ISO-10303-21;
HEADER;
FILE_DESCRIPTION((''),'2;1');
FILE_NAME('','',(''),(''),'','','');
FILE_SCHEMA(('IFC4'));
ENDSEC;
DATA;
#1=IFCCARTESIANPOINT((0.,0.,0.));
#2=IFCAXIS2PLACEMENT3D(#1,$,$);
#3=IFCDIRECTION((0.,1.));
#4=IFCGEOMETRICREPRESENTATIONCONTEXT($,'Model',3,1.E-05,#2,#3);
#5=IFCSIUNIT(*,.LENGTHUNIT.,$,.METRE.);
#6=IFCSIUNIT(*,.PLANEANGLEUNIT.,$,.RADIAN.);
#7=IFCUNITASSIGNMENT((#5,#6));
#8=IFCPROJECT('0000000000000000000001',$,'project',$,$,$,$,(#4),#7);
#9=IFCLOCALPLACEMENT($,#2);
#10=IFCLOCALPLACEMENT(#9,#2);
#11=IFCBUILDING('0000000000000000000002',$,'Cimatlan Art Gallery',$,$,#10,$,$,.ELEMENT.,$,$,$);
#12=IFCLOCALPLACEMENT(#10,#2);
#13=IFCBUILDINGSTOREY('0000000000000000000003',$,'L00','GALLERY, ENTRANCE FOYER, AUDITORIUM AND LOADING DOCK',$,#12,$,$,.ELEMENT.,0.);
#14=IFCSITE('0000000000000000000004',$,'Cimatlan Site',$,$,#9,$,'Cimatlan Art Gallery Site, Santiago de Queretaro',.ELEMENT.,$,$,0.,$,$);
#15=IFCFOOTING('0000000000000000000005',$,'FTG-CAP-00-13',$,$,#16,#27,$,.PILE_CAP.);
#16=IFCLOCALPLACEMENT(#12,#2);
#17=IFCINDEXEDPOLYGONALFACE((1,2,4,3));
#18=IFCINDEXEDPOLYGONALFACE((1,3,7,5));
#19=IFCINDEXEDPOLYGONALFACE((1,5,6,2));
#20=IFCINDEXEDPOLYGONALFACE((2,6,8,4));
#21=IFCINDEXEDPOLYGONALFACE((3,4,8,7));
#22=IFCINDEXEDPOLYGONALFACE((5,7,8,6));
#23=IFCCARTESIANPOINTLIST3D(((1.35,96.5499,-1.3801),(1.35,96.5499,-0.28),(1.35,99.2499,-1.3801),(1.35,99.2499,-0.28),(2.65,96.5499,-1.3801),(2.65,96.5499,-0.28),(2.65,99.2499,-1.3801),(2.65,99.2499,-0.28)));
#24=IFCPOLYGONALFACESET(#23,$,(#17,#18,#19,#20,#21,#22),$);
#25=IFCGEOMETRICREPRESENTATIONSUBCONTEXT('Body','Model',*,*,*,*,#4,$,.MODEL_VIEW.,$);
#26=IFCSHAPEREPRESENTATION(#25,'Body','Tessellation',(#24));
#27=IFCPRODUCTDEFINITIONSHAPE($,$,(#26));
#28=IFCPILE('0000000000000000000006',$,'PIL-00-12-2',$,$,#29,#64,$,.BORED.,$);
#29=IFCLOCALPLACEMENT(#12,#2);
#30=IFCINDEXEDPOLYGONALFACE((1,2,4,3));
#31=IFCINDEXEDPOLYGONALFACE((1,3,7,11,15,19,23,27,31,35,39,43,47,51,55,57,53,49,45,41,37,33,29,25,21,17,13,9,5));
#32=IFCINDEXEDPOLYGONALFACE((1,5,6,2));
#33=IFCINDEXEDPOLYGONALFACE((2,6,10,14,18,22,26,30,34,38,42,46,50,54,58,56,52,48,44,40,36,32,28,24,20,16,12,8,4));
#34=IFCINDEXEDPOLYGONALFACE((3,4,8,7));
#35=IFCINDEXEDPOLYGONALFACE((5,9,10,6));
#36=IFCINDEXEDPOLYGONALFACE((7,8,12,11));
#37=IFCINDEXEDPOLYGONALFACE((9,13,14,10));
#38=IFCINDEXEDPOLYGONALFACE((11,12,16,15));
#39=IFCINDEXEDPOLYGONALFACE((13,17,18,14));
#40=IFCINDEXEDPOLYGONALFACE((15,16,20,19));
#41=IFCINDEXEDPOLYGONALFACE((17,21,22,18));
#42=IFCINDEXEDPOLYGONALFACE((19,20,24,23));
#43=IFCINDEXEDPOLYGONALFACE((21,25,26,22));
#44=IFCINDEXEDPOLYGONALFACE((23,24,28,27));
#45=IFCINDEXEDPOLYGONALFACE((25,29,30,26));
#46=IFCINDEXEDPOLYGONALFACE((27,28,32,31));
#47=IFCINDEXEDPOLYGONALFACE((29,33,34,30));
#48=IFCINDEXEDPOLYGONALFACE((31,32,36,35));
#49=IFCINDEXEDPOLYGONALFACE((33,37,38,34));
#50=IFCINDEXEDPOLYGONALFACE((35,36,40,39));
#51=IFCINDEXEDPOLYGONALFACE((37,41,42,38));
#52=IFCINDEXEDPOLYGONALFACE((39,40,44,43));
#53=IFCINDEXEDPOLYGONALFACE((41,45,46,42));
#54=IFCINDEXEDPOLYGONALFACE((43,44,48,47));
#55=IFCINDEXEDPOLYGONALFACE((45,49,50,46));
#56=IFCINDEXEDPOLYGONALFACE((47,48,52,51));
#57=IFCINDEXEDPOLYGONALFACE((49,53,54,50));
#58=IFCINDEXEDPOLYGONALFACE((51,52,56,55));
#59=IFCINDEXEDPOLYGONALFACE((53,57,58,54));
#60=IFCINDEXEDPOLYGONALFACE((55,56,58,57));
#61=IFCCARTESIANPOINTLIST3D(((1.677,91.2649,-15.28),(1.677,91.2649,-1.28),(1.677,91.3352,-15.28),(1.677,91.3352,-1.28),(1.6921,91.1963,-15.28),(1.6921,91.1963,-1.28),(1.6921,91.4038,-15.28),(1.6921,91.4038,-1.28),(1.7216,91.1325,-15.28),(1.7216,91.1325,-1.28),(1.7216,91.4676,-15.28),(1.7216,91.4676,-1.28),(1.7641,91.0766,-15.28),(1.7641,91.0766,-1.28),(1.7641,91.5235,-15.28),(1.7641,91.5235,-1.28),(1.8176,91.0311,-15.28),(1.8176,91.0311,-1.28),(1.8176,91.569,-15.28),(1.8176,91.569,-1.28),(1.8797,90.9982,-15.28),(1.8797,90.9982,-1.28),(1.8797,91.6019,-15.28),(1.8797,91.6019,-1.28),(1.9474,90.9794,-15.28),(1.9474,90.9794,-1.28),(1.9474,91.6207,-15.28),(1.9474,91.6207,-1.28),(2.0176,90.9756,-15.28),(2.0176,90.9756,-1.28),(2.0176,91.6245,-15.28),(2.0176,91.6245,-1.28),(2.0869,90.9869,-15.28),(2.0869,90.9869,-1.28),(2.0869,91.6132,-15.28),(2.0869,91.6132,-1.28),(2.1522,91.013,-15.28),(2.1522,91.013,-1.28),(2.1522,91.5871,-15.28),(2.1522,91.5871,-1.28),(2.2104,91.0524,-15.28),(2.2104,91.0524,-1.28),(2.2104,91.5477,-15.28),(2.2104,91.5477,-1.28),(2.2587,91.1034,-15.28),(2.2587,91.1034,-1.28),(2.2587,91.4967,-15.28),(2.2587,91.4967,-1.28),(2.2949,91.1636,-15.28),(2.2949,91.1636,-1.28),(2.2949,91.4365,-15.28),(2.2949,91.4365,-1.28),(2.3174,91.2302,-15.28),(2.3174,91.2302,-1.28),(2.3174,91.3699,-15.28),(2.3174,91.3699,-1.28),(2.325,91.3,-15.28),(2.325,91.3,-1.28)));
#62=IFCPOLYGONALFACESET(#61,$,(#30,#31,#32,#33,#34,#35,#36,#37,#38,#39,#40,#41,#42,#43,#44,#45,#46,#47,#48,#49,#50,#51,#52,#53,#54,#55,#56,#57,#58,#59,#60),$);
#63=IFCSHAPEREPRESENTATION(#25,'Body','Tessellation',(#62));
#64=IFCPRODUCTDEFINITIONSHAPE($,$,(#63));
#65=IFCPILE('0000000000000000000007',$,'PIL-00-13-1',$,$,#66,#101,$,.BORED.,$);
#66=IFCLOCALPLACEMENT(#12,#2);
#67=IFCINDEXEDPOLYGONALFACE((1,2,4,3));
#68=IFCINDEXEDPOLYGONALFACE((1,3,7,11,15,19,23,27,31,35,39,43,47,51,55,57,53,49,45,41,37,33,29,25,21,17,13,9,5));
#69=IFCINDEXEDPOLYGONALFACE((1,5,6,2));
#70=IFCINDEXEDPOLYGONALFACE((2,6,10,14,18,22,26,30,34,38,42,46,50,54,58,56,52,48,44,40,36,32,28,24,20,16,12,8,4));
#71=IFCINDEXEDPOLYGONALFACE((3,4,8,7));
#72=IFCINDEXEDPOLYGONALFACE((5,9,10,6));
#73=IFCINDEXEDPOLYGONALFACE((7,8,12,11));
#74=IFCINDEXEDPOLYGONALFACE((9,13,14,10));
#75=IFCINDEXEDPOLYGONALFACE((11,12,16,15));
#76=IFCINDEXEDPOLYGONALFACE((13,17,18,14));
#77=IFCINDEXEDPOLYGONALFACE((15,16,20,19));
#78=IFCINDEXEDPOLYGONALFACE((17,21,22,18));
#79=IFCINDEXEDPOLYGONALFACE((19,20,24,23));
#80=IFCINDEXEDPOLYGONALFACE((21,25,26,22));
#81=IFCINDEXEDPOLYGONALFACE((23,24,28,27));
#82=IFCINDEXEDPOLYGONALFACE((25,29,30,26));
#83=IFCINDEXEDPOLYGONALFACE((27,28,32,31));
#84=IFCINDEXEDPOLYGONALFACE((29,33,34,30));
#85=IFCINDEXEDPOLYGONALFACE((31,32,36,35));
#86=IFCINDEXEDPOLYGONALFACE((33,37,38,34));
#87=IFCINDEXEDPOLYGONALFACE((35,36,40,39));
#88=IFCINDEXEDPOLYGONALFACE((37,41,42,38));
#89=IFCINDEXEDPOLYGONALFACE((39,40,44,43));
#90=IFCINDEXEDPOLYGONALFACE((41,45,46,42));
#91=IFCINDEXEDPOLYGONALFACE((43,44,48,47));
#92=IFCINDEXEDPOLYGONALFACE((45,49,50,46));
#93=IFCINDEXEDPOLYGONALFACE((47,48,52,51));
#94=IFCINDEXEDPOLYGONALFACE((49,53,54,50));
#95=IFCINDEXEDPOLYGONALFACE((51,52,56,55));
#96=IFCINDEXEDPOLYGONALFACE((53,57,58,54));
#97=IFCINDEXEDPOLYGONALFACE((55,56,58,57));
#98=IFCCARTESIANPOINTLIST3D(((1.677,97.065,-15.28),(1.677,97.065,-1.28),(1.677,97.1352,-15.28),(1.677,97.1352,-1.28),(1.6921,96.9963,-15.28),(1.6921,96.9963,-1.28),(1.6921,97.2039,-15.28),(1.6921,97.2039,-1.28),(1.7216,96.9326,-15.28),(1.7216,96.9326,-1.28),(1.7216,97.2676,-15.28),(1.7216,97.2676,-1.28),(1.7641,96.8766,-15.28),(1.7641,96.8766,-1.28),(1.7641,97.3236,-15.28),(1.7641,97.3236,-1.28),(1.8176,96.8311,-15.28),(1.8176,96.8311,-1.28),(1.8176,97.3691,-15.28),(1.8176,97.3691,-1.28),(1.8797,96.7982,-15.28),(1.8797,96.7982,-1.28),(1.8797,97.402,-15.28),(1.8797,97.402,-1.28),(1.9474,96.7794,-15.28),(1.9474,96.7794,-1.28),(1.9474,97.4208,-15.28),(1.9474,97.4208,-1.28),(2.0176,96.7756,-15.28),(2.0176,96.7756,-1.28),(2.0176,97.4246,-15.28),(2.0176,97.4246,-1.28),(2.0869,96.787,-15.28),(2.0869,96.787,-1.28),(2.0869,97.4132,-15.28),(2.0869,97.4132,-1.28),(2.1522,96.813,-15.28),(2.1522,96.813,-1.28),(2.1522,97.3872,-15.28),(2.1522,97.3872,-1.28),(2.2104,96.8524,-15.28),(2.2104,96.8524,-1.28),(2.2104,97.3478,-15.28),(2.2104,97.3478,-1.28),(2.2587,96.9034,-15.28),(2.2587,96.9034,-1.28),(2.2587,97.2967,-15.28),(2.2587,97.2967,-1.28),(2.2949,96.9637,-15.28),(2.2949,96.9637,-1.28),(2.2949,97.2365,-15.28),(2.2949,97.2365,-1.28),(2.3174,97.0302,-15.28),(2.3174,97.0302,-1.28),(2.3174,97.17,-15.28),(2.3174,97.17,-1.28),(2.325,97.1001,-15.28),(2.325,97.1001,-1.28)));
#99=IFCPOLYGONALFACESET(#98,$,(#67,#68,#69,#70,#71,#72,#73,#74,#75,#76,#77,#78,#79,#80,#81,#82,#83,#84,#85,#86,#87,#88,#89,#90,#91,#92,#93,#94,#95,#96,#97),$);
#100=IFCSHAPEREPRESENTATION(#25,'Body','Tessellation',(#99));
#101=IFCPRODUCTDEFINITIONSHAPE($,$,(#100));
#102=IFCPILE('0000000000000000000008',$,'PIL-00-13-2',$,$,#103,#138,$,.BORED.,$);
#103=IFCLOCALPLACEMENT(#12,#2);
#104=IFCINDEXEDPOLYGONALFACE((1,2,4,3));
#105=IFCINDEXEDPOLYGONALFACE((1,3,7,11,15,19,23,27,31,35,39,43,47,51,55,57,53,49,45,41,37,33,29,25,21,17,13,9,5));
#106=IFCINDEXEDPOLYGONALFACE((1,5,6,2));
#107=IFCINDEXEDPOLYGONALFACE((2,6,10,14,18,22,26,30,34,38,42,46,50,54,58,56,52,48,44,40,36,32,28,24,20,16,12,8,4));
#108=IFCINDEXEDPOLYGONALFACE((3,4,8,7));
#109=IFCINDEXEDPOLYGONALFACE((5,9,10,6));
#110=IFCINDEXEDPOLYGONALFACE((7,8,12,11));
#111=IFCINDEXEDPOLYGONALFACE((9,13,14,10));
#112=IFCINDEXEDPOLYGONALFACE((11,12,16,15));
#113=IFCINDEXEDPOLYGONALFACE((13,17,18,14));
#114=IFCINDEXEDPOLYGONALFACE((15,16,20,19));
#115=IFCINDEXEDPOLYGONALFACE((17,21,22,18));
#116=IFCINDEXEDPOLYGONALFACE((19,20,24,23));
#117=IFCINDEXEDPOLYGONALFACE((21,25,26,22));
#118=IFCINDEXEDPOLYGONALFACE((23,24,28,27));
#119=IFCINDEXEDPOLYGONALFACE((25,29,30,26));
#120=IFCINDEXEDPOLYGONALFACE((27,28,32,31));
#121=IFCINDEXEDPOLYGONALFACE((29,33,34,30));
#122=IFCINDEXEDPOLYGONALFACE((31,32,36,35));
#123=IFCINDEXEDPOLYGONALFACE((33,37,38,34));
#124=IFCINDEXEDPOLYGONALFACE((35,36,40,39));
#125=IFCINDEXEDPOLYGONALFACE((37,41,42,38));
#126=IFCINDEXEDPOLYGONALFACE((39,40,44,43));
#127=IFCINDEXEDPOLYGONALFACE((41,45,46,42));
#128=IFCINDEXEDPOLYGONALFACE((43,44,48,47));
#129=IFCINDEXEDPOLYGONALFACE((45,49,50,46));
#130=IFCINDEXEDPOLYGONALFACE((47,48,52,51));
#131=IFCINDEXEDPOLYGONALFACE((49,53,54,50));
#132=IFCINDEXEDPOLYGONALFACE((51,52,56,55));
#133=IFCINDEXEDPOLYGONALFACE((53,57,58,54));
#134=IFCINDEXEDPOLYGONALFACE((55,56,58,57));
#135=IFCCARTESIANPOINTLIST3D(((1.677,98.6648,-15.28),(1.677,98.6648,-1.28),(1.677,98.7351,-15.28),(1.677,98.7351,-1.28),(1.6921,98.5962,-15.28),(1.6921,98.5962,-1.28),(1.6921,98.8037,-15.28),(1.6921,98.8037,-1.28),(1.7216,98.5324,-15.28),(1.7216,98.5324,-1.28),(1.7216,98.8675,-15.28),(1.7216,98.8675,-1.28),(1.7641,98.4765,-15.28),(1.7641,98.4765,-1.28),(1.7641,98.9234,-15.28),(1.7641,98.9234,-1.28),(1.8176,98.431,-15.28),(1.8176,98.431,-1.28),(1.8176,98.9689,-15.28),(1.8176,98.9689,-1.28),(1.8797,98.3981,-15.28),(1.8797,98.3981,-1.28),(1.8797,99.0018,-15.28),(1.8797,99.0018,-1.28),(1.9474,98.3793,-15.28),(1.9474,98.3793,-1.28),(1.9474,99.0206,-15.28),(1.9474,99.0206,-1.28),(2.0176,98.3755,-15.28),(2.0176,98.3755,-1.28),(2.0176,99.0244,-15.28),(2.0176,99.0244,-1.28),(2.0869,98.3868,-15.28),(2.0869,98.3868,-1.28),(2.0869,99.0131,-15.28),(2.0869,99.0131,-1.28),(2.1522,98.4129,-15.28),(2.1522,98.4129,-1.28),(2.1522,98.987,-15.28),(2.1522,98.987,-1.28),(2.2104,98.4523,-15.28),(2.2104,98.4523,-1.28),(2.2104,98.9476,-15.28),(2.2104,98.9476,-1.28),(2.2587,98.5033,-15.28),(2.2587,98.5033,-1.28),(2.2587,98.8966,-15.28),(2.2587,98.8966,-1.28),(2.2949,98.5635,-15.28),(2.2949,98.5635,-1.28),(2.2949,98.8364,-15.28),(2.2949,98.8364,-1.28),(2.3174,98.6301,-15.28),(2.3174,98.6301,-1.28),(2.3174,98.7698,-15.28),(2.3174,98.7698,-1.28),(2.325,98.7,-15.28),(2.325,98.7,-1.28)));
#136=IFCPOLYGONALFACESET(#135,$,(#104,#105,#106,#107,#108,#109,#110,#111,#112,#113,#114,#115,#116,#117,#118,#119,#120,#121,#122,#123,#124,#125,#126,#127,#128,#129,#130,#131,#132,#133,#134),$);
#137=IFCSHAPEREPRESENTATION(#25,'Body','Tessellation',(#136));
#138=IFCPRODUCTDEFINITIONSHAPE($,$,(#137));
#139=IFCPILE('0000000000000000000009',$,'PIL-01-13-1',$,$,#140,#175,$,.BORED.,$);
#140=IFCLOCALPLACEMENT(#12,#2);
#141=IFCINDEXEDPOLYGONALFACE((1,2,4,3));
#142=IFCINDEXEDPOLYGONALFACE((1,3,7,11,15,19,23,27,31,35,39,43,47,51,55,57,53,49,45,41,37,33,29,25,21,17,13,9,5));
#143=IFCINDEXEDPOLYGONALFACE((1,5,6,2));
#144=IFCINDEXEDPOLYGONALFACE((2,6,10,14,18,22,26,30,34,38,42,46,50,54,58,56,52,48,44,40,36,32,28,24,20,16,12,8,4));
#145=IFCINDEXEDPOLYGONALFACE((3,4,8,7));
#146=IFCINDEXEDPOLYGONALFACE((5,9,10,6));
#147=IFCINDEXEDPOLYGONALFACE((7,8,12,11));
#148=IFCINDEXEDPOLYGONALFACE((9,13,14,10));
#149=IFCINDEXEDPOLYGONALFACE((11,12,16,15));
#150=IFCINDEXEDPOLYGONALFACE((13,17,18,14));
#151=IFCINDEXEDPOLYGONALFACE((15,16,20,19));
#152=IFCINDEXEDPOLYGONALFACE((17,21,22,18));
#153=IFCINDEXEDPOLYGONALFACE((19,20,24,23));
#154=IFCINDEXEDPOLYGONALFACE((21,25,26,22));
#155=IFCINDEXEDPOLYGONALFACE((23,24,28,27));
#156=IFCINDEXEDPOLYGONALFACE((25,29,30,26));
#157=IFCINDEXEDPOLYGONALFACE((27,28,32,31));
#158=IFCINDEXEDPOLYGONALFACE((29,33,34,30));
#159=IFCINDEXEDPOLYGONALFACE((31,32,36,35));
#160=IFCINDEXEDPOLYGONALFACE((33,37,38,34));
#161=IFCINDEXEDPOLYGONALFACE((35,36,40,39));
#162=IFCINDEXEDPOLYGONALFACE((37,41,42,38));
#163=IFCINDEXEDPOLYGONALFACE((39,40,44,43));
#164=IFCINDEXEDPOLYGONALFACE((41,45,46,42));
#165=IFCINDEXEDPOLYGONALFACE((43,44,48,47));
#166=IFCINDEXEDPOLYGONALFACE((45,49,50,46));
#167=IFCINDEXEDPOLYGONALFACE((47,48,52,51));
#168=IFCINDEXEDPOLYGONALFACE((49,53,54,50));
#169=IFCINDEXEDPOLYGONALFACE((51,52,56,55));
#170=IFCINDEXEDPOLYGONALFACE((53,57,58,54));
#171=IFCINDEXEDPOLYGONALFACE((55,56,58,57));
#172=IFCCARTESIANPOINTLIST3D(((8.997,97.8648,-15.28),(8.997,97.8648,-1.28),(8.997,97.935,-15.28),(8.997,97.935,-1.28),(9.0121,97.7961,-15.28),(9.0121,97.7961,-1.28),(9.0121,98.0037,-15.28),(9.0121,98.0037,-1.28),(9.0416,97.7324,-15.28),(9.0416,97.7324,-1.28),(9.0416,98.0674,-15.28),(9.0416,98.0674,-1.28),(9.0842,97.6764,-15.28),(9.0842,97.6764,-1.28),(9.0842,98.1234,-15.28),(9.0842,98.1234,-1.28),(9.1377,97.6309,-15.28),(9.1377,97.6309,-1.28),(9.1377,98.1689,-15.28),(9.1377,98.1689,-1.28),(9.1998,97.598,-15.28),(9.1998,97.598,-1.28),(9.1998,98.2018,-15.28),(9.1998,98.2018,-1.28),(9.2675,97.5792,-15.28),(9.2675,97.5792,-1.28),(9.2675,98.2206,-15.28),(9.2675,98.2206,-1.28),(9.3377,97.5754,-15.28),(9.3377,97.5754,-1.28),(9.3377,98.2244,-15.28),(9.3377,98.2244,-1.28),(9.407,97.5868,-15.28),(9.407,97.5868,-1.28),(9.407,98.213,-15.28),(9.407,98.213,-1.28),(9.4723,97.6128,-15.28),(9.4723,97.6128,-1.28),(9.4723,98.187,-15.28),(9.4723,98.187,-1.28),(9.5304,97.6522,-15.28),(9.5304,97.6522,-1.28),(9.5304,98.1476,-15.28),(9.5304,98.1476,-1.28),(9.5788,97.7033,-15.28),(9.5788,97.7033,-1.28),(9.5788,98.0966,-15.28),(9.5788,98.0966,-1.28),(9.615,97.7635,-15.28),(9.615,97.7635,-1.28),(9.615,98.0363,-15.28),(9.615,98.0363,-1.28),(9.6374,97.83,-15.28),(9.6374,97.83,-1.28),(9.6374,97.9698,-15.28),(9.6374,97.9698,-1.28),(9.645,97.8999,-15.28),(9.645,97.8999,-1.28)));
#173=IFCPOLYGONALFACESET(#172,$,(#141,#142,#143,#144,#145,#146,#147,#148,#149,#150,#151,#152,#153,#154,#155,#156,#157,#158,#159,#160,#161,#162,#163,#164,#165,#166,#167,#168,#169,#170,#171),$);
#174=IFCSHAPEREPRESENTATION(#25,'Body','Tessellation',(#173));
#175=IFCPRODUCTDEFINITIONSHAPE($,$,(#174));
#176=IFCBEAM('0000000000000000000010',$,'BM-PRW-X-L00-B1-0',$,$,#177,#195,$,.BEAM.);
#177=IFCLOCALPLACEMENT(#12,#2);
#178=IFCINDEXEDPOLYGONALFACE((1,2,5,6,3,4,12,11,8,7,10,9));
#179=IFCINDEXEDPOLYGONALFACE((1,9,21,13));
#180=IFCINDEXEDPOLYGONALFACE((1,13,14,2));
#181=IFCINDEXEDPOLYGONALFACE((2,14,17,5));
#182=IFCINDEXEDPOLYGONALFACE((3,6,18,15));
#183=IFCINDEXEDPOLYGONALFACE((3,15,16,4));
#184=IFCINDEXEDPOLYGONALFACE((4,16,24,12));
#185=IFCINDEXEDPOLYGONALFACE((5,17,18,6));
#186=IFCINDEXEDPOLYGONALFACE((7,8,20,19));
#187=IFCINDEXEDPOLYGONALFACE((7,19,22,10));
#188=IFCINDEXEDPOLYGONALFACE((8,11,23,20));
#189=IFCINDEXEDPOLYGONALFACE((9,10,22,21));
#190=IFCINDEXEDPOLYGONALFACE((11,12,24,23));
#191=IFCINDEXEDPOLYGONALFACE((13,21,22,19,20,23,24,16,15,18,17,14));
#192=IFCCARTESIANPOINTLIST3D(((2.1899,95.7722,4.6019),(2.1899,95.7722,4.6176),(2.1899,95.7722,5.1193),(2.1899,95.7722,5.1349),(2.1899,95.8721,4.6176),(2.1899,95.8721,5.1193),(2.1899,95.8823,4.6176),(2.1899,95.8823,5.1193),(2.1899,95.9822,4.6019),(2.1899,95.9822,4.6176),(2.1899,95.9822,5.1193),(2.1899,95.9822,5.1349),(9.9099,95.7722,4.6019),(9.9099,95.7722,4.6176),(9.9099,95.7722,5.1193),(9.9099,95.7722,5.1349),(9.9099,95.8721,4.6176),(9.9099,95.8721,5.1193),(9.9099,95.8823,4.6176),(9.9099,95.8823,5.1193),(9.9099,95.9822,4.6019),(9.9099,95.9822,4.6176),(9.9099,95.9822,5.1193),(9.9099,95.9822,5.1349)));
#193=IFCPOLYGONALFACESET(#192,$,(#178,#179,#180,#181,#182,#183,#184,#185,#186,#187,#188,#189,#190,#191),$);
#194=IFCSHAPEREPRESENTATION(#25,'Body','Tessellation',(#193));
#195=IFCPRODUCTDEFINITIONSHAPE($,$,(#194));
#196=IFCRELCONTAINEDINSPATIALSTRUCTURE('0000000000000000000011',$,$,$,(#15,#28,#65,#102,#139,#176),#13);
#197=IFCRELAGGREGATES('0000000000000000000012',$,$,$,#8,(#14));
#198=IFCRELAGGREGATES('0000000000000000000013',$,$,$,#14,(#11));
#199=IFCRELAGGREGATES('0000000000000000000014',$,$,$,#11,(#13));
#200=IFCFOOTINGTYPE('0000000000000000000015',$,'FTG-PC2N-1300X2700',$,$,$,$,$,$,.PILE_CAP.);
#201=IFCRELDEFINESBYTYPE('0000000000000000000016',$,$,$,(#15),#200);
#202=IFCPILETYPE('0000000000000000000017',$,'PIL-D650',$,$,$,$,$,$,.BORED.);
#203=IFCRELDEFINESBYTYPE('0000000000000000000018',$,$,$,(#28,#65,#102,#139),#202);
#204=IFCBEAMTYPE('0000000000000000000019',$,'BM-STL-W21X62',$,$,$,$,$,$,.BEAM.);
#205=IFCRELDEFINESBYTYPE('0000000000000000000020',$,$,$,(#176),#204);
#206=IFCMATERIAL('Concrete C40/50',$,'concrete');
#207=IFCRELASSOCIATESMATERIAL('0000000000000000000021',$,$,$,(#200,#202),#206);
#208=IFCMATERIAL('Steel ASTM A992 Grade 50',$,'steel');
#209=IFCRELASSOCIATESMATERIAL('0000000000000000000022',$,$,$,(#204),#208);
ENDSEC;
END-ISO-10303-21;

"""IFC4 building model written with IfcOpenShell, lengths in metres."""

from ifc_helpers import new_model, si_unit, direction, frame, origin, origin_2d, place, context, subcontext, project, spatial, rectangle, circle, i_section, extrude, material, material_profile, profile_set, type_object, element, save


model = new_model("IFC4")

# Units and contexts
model_context = context("Model", 3, precision=1e-05, world=origin(), true_north=direction((0.0, 1.0)))
body_context = subcontext(model_context, "Body", "Model", "MODEL_VIEW")
ifc_project = project(units=[si_unit("LENGTHUNIT", "METRE"), si_unit("PLANEANGLEUNIT", "RADIAN")], contexts=[model_context])

# Site, building, storey
site_placement = place(None, origin())
site = spatial("IfcSite", under=ifc_project, at=site_placement, Name="Cimatlan Site", LongName="Cimatlan Art Gallery Site, Santiago de Queretaro", CompositionType="ELEMENT", RefElevation=0.0)
building_placement = place(site_placement, origin())
building = spatial("IfcBuilding", under=site, at=building_placement, Name="Cimatlan Art Gallery", CompositionType="ELEMENT")
storey_placement = place(building_placement, origin())
storey = spatial("IfcBuildingStorey", under=building, at=storey_placement, Name="L00", Description="GALLERY, ENTRANCE FOYER, AUDITORIUM AND LOADING DOCK", CompositionType="ELEMENT", Elevation=0.0)

# Footing
ifc_material_1 = material(Name="Concrete C40/50", Category="concrete")
footing_type = type_object("IfcFootingType", Name="FTG-PC2N-1300X2700", PredefinedType="PILE_CAP", material=ifc_material_1)
footing_placement = place(storey_placement, frame((2.0, 97.8999, -1.3801), z_axis=(0.0, 0.0, 1.0), x_axis=(1.0, 0.0, 0.0)))
element("IfcFooting", 1, at=footing_placement, inside=storey, type_object=footing_type, Name="FTG-CAP-00-13", PredefinedType="PILE_CAP", context=body_context, shape_type="SweptSolid", body=[
    extrude(rectangle(XDim=1.3, YDim=2.7, at=origin_2d()), origin(), (0.0, 0.0, 1.0), 1.1001),
])

# Piles
pile_type = type_object("IfcPileType", Name="PIL-D650", PredefinedType="BORED", material=ifc_material_1)
for number, where, z_axis, x_axis, name in (
    (2, (2.0, 91.3, -1.28), (0.0, 0.0, -1.0), (1.0, 0.0, 0.0), "PIL-00-12-2"),
    (3, (2.0, 97.1001, -1.28), (0.0, 0.0, -1.0), (1.0, 0.0, 0.0), "PIL-00-13-1"),
    (4, (2.0, 98.7, -1.28), (0.0, 0.0, -1.0), (1.0, 0.0, 0.0), "PIL-00-13-2"),
    (5, (9.3201, 97.8999, -1.28), (0.0, 0.0, -1.0), (1.0, 0.0, 0.0), "PIL-01-13-1"),
):
    element("IfcPile", number, at=place(storey_placement, frame(where, z_axis=z_axis, x_axis=x_axis)), inside=storey, type_object=pile_type, Name=name, PredefinedType="BORED", context=body_context, shape_type="SweptSolid", body=[
        extrude(circle(Radius=0.325, at=origin_2d()), origin(), (0.0, 0.0, 1.0), 14.0),
    ])

# Beam
ifc_material_2 = material(Name="Steel ASTM A992 Grade 50", Category="steel")
ifc_material_profile_1 = material_profile(ifc_material_2, i_section(OverallWidth=0.21, OverallDepth=0.533, WebThickness=0.0103, FlangeThickness=0.0156, at=origin_2d()), Name="W21X62")
ifc_profile_set_1 = profile_set([ifc_material_profile_1], Name="Steel ASTM A992 Grade 50")
beam_type = type_object("IfcBeamType", Name="BM-STL-W21X62", PredefinedType="BEAM", material=ifc_profile_set_1)
beam_1_placement = place(storey_placement, frame((2.1899, 95.8772, 4.8684), z_axis=(1.0, 0.0, 0.0), x_axis=(0.0, 1.0, 0.0)))
element("IfcBeam", 6, at=beam_1_placement, inside=storey, type_object=beam_type, Name="BM-PRW-X-L00-B1-0", PredefinedType="BEAM", context=body_context, shape_type="SweptSolid", body=[
    extrude(i_section(OverallWidth=0.21, OverallDepth=0.533, WebThickness=0.0103, FlangeThickness=0.0156, at=origin_2d()), origin(), (0.0, 0.0, 1.0), 7.72),
])

save(model, "model.ifc")
